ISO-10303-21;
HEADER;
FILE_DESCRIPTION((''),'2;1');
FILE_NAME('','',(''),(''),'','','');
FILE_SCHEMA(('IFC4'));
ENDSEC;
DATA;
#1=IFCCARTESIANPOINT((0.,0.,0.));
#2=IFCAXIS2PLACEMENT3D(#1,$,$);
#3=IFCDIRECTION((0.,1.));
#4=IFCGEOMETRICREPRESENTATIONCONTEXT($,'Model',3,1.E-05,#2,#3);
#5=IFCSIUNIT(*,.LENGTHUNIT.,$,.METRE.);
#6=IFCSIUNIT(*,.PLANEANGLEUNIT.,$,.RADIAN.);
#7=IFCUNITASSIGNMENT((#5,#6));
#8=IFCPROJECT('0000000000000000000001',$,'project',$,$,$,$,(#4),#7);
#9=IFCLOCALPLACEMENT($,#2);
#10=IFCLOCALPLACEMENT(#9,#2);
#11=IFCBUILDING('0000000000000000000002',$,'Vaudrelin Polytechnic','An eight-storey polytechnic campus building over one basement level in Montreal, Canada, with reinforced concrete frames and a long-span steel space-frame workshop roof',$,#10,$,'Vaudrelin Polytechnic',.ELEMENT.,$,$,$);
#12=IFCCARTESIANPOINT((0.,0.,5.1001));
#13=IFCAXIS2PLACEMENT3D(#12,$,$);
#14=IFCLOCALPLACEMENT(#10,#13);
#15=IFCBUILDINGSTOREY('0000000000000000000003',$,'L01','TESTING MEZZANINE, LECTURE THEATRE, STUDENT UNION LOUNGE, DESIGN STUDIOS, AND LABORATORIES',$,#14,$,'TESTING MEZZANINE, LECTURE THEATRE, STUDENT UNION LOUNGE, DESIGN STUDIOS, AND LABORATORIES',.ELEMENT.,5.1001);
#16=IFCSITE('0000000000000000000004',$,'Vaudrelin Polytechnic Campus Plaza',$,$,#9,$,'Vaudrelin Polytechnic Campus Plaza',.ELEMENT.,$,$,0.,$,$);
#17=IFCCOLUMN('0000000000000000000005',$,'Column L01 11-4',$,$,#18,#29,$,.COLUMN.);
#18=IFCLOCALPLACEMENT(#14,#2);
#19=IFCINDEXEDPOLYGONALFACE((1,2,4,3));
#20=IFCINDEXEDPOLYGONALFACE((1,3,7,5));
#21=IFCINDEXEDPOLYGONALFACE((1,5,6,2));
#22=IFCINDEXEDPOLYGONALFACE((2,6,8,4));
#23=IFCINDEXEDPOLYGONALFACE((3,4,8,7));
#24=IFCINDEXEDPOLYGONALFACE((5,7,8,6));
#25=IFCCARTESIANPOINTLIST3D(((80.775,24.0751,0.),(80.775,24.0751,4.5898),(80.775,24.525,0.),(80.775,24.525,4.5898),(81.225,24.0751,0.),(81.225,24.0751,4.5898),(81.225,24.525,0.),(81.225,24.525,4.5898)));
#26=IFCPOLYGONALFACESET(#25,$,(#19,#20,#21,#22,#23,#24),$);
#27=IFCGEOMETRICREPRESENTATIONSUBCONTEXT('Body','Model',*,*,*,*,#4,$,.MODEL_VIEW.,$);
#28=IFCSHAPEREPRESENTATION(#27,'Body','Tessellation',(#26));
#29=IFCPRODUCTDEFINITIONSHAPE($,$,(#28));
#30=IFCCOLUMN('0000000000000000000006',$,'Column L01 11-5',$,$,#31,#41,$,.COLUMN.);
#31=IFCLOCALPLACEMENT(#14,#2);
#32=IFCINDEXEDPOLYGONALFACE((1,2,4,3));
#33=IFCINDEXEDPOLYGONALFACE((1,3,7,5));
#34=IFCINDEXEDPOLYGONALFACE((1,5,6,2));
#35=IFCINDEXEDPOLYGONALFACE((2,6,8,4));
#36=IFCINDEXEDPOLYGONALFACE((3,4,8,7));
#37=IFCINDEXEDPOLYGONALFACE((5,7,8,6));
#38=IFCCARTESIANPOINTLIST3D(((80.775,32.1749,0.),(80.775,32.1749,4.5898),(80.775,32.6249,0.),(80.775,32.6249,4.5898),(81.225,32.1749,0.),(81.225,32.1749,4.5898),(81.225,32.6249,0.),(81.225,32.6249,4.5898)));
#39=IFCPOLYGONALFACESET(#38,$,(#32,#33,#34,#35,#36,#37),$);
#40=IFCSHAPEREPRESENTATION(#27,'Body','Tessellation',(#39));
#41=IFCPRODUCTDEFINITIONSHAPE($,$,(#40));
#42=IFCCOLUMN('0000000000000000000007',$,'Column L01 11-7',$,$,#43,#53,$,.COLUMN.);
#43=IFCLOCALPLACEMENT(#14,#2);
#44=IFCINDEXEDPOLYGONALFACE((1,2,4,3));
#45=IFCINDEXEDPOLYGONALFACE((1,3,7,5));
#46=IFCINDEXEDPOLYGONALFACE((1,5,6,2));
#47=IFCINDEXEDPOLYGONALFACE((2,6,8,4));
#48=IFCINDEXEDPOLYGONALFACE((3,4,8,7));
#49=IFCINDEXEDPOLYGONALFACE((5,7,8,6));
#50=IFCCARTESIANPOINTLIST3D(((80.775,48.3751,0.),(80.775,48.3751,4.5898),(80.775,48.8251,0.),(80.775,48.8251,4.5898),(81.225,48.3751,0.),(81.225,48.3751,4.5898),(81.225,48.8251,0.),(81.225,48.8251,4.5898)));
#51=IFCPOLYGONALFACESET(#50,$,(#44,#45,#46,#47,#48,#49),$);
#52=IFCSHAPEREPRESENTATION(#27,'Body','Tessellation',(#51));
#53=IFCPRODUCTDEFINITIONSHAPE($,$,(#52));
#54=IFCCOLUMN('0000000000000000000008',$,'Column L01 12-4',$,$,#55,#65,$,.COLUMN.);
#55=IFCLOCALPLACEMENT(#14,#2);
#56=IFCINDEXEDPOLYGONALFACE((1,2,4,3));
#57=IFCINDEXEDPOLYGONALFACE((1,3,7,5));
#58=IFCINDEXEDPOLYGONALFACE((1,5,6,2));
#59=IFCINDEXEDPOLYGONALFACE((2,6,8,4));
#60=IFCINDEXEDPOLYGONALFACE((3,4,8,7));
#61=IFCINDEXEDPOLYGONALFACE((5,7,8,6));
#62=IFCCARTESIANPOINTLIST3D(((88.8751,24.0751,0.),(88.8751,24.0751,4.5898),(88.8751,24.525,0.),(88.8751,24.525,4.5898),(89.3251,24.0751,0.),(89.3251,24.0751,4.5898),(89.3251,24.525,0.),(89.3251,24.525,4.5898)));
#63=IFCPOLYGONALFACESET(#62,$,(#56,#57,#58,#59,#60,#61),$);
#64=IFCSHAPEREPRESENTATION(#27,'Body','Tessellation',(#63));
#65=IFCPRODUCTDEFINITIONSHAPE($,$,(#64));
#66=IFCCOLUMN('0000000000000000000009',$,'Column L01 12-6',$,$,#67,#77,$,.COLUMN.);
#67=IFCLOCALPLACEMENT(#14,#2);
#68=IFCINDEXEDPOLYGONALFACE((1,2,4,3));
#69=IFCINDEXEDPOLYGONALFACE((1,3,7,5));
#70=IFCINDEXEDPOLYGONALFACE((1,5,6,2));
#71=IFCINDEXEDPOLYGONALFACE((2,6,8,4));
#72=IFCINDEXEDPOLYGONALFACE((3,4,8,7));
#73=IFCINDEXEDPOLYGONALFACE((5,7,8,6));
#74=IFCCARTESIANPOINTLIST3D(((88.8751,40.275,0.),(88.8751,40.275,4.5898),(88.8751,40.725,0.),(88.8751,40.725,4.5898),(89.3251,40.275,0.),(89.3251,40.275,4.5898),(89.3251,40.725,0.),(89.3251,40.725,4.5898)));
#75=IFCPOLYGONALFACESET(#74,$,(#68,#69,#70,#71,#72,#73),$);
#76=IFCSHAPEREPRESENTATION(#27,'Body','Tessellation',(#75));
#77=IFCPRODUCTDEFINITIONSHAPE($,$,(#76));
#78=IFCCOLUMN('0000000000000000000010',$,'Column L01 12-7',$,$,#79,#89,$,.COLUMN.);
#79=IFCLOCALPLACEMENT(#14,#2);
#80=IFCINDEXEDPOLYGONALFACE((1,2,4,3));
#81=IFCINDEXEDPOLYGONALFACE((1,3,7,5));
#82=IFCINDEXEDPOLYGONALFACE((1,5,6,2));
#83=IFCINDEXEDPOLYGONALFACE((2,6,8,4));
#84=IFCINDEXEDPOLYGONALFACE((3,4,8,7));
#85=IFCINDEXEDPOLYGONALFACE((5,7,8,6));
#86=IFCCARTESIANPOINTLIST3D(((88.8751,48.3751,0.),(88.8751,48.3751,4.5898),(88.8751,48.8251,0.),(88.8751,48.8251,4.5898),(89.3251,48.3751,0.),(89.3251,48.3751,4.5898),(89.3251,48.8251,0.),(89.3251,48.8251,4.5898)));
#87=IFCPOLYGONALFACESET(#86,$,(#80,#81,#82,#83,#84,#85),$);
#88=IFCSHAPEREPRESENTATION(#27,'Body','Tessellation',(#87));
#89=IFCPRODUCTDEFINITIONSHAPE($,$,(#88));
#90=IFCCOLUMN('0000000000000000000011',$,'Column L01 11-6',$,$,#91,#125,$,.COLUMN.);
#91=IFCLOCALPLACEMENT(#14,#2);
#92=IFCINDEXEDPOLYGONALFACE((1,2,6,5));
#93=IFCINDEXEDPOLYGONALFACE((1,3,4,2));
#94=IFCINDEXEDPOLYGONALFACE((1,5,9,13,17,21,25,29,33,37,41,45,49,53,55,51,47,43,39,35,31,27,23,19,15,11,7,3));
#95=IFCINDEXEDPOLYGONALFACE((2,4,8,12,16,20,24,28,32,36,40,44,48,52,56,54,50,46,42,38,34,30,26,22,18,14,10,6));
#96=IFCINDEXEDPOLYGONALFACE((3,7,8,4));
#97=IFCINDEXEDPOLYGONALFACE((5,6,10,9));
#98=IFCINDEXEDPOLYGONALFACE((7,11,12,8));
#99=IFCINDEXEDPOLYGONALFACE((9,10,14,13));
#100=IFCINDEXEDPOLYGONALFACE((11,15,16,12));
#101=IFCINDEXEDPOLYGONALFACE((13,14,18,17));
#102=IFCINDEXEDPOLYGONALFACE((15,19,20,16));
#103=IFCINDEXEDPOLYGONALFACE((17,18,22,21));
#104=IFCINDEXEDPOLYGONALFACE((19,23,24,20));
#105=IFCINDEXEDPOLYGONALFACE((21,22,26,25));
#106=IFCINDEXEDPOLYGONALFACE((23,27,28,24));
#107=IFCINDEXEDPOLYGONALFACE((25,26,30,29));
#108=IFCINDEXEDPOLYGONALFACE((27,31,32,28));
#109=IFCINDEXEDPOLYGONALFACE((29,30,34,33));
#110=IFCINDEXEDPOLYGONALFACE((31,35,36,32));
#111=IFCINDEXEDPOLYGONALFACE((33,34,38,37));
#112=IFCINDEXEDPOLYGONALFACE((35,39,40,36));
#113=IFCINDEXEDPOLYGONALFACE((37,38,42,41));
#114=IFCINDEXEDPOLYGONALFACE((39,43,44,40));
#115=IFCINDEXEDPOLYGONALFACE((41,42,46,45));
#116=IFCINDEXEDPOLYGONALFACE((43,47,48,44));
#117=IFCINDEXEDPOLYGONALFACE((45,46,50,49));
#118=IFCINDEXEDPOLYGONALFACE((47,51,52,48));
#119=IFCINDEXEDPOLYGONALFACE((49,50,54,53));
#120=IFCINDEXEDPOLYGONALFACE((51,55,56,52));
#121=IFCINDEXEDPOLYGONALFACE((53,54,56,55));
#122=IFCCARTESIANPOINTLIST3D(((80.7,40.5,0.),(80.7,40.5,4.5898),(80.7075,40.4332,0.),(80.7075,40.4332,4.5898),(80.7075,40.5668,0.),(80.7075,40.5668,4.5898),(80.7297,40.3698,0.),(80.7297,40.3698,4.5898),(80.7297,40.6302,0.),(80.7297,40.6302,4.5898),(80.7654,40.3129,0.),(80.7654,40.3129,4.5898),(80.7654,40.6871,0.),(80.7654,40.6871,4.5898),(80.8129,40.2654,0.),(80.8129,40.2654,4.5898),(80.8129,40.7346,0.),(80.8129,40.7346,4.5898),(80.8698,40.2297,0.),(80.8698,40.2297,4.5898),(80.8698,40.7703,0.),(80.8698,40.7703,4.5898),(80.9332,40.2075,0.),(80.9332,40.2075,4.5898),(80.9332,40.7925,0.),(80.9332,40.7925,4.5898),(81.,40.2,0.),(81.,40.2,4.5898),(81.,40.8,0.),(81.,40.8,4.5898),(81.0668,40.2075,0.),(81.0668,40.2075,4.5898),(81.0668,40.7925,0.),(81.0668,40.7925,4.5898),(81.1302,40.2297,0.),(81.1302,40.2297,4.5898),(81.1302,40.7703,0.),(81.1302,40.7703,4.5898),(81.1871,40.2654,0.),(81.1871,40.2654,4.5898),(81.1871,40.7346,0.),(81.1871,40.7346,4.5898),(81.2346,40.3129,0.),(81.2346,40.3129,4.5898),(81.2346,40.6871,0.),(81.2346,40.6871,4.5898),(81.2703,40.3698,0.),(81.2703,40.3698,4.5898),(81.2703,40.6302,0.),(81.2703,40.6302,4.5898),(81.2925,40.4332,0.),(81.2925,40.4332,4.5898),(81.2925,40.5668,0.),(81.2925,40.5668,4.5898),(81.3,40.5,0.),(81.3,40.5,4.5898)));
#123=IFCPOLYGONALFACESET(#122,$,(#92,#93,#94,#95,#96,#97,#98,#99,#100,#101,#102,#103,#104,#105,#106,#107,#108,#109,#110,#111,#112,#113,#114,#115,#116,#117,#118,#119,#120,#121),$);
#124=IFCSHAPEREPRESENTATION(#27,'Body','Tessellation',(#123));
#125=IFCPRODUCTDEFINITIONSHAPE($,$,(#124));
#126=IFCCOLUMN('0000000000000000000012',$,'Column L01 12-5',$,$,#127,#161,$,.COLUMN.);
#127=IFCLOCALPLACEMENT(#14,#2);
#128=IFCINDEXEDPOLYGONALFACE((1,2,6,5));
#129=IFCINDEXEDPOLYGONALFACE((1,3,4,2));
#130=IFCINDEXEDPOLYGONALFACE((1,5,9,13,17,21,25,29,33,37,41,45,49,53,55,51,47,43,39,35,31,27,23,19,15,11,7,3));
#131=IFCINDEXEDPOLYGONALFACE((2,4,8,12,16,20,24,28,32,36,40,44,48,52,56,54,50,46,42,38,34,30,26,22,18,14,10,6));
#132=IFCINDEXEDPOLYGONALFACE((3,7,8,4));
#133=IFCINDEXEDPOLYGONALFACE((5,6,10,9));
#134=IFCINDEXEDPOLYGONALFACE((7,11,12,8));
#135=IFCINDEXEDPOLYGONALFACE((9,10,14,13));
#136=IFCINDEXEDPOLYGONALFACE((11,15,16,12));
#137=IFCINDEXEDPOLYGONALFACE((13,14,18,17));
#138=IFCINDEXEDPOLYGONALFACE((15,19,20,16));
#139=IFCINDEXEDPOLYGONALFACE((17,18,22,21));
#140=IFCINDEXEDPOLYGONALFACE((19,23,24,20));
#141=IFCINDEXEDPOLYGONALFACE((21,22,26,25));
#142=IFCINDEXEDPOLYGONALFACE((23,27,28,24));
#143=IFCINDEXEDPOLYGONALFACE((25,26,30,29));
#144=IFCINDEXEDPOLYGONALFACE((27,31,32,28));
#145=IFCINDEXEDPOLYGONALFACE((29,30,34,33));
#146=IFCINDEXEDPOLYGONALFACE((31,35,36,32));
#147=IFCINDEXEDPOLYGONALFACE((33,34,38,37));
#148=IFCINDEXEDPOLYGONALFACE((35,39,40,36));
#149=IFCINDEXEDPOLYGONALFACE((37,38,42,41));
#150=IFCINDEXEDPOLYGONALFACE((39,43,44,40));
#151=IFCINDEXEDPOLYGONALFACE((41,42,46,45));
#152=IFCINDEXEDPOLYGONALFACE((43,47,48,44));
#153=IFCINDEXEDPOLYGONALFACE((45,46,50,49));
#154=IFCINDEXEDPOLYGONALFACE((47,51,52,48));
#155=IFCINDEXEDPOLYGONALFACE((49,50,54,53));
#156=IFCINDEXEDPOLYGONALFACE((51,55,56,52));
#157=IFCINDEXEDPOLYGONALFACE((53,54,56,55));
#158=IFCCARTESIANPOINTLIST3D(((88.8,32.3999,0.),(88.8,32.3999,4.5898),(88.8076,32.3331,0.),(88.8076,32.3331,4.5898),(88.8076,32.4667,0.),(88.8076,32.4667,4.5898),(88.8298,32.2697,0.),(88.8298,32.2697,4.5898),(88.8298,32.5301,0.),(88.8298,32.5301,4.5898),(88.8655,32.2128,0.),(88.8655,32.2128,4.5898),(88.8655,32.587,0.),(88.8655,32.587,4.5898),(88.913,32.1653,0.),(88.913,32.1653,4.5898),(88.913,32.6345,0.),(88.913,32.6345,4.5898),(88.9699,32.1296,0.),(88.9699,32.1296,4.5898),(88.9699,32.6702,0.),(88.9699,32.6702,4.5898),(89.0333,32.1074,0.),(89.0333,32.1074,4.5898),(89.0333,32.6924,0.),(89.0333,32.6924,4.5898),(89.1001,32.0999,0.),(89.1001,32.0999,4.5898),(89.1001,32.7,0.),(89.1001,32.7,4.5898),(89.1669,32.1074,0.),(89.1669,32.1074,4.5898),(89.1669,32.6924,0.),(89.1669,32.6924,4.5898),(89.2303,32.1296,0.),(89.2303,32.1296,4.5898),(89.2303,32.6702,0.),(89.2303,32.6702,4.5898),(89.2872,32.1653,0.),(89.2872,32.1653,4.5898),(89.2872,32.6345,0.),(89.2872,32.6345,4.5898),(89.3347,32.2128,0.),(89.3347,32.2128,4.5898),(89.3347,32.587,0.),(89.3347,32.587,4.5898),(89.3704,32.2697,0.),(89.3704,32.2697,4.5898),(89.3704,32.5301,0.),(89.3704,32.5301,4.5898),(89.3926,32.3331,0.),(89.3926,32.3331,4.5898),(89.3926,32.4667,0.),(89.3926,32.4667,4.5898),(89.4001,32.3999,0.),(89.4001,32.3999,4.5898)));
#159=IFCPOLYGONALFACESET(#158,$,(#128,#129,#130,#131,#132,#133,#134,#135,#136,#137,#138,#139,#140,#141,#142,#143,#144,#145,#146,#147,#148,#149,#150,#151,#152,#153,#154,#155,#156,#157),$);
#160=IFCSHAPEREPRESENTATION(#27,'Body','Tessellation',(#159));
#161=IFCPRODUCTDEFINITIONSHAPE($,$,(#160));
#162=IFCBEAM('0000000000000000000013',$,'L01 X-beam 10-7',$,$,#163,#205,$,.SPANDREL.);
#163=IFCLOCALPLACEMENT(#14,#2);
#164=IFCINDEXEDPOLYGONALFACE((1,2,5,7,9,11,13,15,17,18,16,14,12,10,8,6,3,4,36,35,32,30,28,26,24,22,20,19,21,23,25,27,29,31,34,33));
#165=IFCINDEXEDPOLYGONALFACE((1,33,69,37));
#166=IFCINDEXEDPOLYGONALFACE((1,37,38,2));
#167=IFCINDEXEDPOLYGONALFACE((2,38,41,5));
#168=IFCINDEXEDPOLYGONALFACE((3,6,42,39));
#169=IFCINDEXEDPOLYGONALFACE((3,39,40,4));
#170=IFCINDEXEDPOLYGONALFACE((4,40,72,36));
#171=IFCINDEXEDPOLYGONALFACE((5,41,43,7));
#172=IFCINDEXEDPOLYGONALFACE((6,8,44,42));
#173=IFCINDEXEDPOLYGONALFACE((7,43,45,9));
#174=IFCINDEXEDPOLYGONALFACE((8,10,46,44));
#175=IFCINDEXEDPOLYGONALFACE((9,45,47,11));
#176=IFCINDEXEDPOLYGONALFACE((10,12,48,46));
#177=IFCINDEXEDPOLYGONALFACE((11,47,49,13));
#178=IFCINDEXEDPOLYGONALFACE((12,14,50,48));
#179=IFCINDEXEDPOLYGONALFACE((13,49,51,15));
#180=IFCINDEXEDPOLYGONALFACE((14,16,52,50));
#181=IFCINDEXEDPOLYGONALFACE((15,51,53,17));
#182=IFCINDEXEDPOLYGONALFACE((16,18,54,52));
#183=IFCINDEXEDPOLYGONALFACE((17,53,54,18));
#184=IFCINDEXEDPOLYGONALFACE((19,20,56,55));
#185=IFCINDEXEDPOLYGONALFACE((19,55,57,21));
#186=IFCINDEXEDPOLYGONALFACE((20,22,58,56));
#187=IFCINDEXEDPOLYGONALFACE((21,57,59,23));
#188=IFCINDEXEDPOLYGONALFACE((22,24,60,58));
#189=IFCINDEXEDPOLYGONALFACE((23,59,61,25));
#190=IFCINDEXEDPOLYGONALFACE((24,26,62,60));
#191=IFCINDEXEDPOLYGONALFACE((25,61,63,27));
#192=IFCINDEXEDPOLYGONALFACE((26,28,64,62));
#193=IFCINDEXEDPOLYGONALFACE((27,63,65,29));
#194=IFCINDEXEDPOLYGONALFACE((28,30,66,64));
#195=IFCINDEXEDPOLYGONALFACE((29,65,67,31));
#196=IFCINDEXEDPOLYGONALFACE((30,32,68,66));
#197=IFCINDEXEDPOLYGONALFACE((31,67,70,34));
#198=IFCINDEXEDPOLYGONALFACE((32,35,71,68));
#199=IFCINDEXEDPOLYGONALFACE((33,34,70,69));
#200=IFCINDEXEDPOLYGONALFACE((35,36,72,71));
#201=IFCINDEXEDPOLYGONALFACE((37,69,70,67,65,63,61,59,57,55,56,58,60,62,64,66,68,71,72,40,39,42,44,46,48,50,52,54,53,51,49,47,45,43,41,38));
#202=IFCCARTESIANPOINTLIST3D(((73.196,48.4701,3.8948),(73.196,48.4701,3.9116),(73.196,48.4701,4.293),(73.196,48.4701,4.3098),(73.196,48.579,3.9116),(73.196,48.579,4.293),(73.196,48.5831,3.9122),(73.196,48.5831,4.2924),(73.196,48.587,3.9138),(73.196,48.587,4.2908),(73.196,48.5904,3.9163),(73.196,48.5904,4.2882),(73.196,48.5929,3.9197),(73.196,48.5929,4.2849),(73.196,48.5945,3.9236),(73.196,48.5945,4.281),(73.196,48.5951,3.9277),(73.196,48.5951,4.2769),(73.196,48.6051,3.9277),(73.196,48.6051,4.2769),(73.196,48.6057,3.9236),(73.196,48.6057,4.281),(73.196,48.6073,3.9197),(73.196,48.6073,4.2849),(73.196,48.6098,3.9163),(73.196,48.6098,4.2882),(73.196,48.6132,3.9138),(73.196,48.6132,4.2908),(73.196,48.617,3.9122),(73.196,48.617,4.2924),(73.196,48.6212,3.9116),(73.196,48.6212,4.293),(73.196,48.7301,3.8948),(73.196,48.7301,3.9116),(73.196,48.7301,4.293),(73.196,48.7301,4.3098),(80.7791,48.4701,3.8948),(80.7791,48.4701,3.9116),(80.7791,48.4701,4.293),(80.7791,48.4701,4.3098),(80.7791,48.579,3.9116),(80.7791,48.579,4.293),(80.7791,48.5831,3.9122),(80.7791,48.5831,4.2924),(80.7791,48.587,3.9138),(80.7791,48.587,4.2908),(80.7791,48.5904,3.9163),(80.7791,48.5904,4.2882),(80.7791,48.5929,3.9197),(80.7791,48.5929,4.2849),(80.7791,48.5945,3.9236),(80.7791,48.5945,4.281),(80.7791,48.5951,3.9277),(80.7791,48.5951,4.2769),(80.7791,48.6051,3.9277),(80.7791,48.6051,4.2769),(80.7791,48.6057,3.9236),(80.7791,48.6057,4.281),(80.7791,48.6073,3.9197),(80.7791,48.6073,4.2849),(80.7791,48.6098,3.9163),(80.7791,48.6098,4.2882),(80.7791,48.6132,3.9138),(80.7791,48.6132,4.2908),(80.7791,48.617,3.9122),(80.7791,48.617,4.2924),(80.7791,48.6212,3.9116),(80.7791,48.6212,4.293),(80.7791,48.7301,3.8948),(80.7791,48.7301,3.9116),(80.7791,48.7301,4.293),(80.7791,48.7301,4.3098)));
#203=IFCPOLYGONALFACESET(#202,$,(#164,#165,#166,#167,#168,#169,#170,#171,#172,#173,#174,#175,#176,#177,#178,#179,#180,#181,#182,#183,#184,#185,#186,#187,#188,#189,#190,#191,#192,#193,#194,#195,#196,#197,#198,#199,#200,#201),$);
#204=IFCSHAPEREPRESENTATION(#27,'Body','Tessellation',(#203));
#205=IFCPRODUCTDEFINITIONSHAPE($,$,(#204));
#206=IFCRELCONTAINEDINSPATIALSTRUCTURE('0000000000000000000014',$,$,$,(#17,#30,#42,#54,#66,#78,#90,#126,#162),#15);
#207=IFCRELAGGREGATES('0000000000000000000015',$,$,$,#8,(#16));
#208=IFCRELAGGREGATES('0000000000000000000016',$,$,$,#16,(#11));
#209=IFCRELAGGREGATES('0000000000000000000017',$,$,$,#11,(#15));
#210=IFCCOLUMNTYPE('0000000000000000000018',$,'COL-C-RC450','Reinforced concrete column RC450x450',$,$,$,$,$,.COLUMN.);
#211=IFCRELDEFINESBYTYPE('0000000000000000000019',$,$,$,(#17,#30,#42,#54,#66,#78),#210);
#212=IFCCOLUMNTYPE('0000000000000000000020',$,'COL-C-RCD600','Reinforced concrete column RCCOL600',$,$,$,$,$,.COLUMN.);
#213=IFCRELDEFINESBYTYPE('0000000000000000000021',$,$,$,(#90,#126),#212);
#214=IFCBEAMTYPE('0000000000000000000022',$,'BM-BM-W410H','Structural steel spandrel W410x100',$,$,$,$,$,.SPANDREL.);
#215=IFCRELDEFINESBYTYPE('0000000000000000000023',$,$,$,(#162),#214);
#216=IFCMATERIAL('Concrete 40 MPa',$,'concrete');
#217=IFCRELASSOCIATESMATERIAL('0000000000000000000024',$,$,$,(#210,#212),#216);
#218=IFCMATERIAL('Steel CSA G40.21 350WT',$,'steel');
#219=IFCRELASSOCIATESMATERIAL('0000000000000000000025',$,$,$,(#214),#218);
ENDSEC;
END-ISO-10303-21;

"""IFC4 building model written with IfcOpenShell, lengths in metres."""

from ifc_helpers import new_model, si_unit, direction, frame, origin, origin_2d, place, context, subcontext, project, spatial, rectangle, circle, i_section, extrude, material, material_profile, profile_set, type_object, element, save


model = new_model("IFC4")

# Units and contexts
model_context = context("Model", 3, precision=1e-05, world=origin(), true_north=direction((0.0, 1.0)))
body_context = subcontext(model_context, "Body", "Model", "MODEL_VIEW")
ifc_project = project(units=[si_unit("LENGTHUNIT", "METRE"), si_unit("PLANEANGLEUNIT", "RADIAN")], contexts=[model_context])

# Site, building, storey
site_placement = place(None, origin())
site = spatial("IfcSite", under=ifc_project, at=site_placement, Name="Vaudrelin Polytechnic Campus Plaza", LongName="Vaudrelin Polytechnic Campus Plaza", CompositionType="ELEMENT", RefElevation=0.0)
building_placement = place(site_placement, origin())
building = spatial("IfcBuilding", under=site, at=building_placement, Name="Vaudrelin Polytechnic", Description="An eight-storey polytechnic campus building over one basement level in Montreal, Canada, with reinforced concrete frames and a long-span steel space-frame workshop roof", LongName="Vaudrelin Polytechnic", CompositionType="ELEMENT")
storey_placement = place(building_placement, frame((0.0, 0.0, 5.1001)))
storey = spatial("IfcBuildingStorey", under=building, at=storey_placement, Name="L01", Description="TESTING MEZZANINE, LECTURE THEATRE, STUDENT UNION LOUNGE, DESIGN STUDIOS, AND LABORATORIES", LongName="TESTING MEZZANINE, LECTURE THEATRE, STUDENT UNION LOUNGE, DESIGN STUDIOS, AND LABORATORIES", CompositionType="ELEMENT", Elevation=5.1001)

# Columns
ifc_material_1 = material(Name="Concrete 40 MPa", Category="concrete")
ifc_material_profile_1 = material_profile(ifc_material_1, rectangle(XDim=0.45, YDim=0.45, at=origin_2d()), Name="RC450x450")
ifc_profile_set_1 = profile_set([ifc_material_profile_1], Name="Concrete 40 MPa")
column_type_1 = type_object("IfcColumnType", Name="COL-C-RC450", Description="Reinforced concrete column RC450x450", PredefinedType="COLUMN", material=ifc_profile_set_1)
for number, where, z_axis, x_axis, name in (
    (1, (81.0, 24.3, 0.0), (0.0, 0.0, 1.0), (1.0, 0.0, 0.0), "Column L01 11-4"),
    (2, (81.0, 32.3999, 0.0), (0.0, 0.0, 1.0), (1.0, 0.0, 0.0), "Column L01 11-5"),
    (3, (81.0, 48.6001, 0.0), (0.0, 0.0, 1.0), (1.0, 0.0, 0.0), "Column L01 11-7"),
    (4, (89.1001, 24.3, 0.0), (0.0, 0.0, 1.0), (1.0, 0.0, 0.0), "Column L01 12-4"),
    (5, (89.1001, 40.5, 0.0), (0.0, 0.0, 1.0), (1.0, 0.0, 0.0), "Column L01 12-6"),
    (6, (89.1001, 48.6001, 0.0), (0.0, 0.0, 1.0), (1.0, 0.0, 0.0), "Column L01 12-7"),
):
    element("IfcColumn", number, at=place(storey_placement, frame(where, z_axis=z_axis, x_axis=x_axis)), inside=storey, type_object=column_type_1, Name=name, PredefinedType="COLUMN", context=body_context, shape_type="SweptSolid", body=[
        extrude(rectangle(XDim=0.45, YDim=0.45, at=origin_2d()), origin(), (0.0, 0.0, 1.0), 4.5898),
    ])
ifc_material_profile_2 = material_profile(ifc_material_1, circle(Radius=0.3, at=origin_2d()), Name="RCCOL600")
ifc_profile_set_2 = profile_set([ifc_material_profile_2], Name="Concrete 40 MPa")
column_type_2 = type_object("IfcColumnType", Name="COL-C-RCD600", Description="Reinforced concrete column RCCOL600", PredefinedType="COLUMN", material=ifc_profile_set_2)
for number, where, z_axis, x_axis, name in (
    (7, (81.0, 40.5, 0.0), (0.0, 0.0, 1.0), (1.0, 0.0, 0.0), "Column L01 11-6"),
    (8, (89.1001, 32.3999, 0.0), (0.0, 0.0, 1.0), (1.0, 0.0, 0.0), "Column L01 12-5"),
):
    element("IfcColumn", number, at=place(storey_placement, frame(where, z_axis=z_axis, x_axis=x_axis)), inside=storey, type_object=column_type_2, Name=name, PredefinedType="COLUMN", context=body_context, shape_type="SweptSolid", body=[
        extrude(circle(Radius=0.3, at=origin_2d()), origin(), (0.0, 0.0, 1.0), 4.5898),
    ])

# Beam
ifc_material_2 = material(Name="Steel CSA G40.21 350WT", Category="steel")
ifc_material_profile_3 = material_profile(ifc_material_2, i_section(OverallWidth=0.26, OverallDepth=0.415, WebThickness=0.01, FlangeThickness=0.0168, FilletRadius=0.0161, at=origin_2d()), Name="W410x100")
ifc_profile_set_3 = profile_set([ifc_material_profile_3], Name="Steel CSA G40.21 350WT")
beam_type_1 = type_object("IfcBeamType", Name="BM-BM-W410H", Description="Structural steel spandrel W410x100", PredefinedType="SPANDREL", material=ifc_profile_set_3)
beam_1_placement = place(storey_placement, frame((73.196, 48.6001, 4.1023), z_axis=(1.0, 0.0, 0.0), x_axis=(0.0, 1.0, 0.0)))
element("IfcBeam", 9, at=beam_1_placement, inside=storey, type_object=beam_type_1, Name="L01 X-beam 10-7", PredefinedType="SPANDREL", context=body_context, shape_type="SweptSolid", body=[
    extrude(i_section(OverallWidth=0.26, OverallDepth=0.415, WebThickness=0.01, FlangeThickness=0.0168, FilletRadius=0.0161, at=origin_2d()), origin(), (0.0, 0.0, 1.0), 7.583),
])

save(model, "model.ifc")
